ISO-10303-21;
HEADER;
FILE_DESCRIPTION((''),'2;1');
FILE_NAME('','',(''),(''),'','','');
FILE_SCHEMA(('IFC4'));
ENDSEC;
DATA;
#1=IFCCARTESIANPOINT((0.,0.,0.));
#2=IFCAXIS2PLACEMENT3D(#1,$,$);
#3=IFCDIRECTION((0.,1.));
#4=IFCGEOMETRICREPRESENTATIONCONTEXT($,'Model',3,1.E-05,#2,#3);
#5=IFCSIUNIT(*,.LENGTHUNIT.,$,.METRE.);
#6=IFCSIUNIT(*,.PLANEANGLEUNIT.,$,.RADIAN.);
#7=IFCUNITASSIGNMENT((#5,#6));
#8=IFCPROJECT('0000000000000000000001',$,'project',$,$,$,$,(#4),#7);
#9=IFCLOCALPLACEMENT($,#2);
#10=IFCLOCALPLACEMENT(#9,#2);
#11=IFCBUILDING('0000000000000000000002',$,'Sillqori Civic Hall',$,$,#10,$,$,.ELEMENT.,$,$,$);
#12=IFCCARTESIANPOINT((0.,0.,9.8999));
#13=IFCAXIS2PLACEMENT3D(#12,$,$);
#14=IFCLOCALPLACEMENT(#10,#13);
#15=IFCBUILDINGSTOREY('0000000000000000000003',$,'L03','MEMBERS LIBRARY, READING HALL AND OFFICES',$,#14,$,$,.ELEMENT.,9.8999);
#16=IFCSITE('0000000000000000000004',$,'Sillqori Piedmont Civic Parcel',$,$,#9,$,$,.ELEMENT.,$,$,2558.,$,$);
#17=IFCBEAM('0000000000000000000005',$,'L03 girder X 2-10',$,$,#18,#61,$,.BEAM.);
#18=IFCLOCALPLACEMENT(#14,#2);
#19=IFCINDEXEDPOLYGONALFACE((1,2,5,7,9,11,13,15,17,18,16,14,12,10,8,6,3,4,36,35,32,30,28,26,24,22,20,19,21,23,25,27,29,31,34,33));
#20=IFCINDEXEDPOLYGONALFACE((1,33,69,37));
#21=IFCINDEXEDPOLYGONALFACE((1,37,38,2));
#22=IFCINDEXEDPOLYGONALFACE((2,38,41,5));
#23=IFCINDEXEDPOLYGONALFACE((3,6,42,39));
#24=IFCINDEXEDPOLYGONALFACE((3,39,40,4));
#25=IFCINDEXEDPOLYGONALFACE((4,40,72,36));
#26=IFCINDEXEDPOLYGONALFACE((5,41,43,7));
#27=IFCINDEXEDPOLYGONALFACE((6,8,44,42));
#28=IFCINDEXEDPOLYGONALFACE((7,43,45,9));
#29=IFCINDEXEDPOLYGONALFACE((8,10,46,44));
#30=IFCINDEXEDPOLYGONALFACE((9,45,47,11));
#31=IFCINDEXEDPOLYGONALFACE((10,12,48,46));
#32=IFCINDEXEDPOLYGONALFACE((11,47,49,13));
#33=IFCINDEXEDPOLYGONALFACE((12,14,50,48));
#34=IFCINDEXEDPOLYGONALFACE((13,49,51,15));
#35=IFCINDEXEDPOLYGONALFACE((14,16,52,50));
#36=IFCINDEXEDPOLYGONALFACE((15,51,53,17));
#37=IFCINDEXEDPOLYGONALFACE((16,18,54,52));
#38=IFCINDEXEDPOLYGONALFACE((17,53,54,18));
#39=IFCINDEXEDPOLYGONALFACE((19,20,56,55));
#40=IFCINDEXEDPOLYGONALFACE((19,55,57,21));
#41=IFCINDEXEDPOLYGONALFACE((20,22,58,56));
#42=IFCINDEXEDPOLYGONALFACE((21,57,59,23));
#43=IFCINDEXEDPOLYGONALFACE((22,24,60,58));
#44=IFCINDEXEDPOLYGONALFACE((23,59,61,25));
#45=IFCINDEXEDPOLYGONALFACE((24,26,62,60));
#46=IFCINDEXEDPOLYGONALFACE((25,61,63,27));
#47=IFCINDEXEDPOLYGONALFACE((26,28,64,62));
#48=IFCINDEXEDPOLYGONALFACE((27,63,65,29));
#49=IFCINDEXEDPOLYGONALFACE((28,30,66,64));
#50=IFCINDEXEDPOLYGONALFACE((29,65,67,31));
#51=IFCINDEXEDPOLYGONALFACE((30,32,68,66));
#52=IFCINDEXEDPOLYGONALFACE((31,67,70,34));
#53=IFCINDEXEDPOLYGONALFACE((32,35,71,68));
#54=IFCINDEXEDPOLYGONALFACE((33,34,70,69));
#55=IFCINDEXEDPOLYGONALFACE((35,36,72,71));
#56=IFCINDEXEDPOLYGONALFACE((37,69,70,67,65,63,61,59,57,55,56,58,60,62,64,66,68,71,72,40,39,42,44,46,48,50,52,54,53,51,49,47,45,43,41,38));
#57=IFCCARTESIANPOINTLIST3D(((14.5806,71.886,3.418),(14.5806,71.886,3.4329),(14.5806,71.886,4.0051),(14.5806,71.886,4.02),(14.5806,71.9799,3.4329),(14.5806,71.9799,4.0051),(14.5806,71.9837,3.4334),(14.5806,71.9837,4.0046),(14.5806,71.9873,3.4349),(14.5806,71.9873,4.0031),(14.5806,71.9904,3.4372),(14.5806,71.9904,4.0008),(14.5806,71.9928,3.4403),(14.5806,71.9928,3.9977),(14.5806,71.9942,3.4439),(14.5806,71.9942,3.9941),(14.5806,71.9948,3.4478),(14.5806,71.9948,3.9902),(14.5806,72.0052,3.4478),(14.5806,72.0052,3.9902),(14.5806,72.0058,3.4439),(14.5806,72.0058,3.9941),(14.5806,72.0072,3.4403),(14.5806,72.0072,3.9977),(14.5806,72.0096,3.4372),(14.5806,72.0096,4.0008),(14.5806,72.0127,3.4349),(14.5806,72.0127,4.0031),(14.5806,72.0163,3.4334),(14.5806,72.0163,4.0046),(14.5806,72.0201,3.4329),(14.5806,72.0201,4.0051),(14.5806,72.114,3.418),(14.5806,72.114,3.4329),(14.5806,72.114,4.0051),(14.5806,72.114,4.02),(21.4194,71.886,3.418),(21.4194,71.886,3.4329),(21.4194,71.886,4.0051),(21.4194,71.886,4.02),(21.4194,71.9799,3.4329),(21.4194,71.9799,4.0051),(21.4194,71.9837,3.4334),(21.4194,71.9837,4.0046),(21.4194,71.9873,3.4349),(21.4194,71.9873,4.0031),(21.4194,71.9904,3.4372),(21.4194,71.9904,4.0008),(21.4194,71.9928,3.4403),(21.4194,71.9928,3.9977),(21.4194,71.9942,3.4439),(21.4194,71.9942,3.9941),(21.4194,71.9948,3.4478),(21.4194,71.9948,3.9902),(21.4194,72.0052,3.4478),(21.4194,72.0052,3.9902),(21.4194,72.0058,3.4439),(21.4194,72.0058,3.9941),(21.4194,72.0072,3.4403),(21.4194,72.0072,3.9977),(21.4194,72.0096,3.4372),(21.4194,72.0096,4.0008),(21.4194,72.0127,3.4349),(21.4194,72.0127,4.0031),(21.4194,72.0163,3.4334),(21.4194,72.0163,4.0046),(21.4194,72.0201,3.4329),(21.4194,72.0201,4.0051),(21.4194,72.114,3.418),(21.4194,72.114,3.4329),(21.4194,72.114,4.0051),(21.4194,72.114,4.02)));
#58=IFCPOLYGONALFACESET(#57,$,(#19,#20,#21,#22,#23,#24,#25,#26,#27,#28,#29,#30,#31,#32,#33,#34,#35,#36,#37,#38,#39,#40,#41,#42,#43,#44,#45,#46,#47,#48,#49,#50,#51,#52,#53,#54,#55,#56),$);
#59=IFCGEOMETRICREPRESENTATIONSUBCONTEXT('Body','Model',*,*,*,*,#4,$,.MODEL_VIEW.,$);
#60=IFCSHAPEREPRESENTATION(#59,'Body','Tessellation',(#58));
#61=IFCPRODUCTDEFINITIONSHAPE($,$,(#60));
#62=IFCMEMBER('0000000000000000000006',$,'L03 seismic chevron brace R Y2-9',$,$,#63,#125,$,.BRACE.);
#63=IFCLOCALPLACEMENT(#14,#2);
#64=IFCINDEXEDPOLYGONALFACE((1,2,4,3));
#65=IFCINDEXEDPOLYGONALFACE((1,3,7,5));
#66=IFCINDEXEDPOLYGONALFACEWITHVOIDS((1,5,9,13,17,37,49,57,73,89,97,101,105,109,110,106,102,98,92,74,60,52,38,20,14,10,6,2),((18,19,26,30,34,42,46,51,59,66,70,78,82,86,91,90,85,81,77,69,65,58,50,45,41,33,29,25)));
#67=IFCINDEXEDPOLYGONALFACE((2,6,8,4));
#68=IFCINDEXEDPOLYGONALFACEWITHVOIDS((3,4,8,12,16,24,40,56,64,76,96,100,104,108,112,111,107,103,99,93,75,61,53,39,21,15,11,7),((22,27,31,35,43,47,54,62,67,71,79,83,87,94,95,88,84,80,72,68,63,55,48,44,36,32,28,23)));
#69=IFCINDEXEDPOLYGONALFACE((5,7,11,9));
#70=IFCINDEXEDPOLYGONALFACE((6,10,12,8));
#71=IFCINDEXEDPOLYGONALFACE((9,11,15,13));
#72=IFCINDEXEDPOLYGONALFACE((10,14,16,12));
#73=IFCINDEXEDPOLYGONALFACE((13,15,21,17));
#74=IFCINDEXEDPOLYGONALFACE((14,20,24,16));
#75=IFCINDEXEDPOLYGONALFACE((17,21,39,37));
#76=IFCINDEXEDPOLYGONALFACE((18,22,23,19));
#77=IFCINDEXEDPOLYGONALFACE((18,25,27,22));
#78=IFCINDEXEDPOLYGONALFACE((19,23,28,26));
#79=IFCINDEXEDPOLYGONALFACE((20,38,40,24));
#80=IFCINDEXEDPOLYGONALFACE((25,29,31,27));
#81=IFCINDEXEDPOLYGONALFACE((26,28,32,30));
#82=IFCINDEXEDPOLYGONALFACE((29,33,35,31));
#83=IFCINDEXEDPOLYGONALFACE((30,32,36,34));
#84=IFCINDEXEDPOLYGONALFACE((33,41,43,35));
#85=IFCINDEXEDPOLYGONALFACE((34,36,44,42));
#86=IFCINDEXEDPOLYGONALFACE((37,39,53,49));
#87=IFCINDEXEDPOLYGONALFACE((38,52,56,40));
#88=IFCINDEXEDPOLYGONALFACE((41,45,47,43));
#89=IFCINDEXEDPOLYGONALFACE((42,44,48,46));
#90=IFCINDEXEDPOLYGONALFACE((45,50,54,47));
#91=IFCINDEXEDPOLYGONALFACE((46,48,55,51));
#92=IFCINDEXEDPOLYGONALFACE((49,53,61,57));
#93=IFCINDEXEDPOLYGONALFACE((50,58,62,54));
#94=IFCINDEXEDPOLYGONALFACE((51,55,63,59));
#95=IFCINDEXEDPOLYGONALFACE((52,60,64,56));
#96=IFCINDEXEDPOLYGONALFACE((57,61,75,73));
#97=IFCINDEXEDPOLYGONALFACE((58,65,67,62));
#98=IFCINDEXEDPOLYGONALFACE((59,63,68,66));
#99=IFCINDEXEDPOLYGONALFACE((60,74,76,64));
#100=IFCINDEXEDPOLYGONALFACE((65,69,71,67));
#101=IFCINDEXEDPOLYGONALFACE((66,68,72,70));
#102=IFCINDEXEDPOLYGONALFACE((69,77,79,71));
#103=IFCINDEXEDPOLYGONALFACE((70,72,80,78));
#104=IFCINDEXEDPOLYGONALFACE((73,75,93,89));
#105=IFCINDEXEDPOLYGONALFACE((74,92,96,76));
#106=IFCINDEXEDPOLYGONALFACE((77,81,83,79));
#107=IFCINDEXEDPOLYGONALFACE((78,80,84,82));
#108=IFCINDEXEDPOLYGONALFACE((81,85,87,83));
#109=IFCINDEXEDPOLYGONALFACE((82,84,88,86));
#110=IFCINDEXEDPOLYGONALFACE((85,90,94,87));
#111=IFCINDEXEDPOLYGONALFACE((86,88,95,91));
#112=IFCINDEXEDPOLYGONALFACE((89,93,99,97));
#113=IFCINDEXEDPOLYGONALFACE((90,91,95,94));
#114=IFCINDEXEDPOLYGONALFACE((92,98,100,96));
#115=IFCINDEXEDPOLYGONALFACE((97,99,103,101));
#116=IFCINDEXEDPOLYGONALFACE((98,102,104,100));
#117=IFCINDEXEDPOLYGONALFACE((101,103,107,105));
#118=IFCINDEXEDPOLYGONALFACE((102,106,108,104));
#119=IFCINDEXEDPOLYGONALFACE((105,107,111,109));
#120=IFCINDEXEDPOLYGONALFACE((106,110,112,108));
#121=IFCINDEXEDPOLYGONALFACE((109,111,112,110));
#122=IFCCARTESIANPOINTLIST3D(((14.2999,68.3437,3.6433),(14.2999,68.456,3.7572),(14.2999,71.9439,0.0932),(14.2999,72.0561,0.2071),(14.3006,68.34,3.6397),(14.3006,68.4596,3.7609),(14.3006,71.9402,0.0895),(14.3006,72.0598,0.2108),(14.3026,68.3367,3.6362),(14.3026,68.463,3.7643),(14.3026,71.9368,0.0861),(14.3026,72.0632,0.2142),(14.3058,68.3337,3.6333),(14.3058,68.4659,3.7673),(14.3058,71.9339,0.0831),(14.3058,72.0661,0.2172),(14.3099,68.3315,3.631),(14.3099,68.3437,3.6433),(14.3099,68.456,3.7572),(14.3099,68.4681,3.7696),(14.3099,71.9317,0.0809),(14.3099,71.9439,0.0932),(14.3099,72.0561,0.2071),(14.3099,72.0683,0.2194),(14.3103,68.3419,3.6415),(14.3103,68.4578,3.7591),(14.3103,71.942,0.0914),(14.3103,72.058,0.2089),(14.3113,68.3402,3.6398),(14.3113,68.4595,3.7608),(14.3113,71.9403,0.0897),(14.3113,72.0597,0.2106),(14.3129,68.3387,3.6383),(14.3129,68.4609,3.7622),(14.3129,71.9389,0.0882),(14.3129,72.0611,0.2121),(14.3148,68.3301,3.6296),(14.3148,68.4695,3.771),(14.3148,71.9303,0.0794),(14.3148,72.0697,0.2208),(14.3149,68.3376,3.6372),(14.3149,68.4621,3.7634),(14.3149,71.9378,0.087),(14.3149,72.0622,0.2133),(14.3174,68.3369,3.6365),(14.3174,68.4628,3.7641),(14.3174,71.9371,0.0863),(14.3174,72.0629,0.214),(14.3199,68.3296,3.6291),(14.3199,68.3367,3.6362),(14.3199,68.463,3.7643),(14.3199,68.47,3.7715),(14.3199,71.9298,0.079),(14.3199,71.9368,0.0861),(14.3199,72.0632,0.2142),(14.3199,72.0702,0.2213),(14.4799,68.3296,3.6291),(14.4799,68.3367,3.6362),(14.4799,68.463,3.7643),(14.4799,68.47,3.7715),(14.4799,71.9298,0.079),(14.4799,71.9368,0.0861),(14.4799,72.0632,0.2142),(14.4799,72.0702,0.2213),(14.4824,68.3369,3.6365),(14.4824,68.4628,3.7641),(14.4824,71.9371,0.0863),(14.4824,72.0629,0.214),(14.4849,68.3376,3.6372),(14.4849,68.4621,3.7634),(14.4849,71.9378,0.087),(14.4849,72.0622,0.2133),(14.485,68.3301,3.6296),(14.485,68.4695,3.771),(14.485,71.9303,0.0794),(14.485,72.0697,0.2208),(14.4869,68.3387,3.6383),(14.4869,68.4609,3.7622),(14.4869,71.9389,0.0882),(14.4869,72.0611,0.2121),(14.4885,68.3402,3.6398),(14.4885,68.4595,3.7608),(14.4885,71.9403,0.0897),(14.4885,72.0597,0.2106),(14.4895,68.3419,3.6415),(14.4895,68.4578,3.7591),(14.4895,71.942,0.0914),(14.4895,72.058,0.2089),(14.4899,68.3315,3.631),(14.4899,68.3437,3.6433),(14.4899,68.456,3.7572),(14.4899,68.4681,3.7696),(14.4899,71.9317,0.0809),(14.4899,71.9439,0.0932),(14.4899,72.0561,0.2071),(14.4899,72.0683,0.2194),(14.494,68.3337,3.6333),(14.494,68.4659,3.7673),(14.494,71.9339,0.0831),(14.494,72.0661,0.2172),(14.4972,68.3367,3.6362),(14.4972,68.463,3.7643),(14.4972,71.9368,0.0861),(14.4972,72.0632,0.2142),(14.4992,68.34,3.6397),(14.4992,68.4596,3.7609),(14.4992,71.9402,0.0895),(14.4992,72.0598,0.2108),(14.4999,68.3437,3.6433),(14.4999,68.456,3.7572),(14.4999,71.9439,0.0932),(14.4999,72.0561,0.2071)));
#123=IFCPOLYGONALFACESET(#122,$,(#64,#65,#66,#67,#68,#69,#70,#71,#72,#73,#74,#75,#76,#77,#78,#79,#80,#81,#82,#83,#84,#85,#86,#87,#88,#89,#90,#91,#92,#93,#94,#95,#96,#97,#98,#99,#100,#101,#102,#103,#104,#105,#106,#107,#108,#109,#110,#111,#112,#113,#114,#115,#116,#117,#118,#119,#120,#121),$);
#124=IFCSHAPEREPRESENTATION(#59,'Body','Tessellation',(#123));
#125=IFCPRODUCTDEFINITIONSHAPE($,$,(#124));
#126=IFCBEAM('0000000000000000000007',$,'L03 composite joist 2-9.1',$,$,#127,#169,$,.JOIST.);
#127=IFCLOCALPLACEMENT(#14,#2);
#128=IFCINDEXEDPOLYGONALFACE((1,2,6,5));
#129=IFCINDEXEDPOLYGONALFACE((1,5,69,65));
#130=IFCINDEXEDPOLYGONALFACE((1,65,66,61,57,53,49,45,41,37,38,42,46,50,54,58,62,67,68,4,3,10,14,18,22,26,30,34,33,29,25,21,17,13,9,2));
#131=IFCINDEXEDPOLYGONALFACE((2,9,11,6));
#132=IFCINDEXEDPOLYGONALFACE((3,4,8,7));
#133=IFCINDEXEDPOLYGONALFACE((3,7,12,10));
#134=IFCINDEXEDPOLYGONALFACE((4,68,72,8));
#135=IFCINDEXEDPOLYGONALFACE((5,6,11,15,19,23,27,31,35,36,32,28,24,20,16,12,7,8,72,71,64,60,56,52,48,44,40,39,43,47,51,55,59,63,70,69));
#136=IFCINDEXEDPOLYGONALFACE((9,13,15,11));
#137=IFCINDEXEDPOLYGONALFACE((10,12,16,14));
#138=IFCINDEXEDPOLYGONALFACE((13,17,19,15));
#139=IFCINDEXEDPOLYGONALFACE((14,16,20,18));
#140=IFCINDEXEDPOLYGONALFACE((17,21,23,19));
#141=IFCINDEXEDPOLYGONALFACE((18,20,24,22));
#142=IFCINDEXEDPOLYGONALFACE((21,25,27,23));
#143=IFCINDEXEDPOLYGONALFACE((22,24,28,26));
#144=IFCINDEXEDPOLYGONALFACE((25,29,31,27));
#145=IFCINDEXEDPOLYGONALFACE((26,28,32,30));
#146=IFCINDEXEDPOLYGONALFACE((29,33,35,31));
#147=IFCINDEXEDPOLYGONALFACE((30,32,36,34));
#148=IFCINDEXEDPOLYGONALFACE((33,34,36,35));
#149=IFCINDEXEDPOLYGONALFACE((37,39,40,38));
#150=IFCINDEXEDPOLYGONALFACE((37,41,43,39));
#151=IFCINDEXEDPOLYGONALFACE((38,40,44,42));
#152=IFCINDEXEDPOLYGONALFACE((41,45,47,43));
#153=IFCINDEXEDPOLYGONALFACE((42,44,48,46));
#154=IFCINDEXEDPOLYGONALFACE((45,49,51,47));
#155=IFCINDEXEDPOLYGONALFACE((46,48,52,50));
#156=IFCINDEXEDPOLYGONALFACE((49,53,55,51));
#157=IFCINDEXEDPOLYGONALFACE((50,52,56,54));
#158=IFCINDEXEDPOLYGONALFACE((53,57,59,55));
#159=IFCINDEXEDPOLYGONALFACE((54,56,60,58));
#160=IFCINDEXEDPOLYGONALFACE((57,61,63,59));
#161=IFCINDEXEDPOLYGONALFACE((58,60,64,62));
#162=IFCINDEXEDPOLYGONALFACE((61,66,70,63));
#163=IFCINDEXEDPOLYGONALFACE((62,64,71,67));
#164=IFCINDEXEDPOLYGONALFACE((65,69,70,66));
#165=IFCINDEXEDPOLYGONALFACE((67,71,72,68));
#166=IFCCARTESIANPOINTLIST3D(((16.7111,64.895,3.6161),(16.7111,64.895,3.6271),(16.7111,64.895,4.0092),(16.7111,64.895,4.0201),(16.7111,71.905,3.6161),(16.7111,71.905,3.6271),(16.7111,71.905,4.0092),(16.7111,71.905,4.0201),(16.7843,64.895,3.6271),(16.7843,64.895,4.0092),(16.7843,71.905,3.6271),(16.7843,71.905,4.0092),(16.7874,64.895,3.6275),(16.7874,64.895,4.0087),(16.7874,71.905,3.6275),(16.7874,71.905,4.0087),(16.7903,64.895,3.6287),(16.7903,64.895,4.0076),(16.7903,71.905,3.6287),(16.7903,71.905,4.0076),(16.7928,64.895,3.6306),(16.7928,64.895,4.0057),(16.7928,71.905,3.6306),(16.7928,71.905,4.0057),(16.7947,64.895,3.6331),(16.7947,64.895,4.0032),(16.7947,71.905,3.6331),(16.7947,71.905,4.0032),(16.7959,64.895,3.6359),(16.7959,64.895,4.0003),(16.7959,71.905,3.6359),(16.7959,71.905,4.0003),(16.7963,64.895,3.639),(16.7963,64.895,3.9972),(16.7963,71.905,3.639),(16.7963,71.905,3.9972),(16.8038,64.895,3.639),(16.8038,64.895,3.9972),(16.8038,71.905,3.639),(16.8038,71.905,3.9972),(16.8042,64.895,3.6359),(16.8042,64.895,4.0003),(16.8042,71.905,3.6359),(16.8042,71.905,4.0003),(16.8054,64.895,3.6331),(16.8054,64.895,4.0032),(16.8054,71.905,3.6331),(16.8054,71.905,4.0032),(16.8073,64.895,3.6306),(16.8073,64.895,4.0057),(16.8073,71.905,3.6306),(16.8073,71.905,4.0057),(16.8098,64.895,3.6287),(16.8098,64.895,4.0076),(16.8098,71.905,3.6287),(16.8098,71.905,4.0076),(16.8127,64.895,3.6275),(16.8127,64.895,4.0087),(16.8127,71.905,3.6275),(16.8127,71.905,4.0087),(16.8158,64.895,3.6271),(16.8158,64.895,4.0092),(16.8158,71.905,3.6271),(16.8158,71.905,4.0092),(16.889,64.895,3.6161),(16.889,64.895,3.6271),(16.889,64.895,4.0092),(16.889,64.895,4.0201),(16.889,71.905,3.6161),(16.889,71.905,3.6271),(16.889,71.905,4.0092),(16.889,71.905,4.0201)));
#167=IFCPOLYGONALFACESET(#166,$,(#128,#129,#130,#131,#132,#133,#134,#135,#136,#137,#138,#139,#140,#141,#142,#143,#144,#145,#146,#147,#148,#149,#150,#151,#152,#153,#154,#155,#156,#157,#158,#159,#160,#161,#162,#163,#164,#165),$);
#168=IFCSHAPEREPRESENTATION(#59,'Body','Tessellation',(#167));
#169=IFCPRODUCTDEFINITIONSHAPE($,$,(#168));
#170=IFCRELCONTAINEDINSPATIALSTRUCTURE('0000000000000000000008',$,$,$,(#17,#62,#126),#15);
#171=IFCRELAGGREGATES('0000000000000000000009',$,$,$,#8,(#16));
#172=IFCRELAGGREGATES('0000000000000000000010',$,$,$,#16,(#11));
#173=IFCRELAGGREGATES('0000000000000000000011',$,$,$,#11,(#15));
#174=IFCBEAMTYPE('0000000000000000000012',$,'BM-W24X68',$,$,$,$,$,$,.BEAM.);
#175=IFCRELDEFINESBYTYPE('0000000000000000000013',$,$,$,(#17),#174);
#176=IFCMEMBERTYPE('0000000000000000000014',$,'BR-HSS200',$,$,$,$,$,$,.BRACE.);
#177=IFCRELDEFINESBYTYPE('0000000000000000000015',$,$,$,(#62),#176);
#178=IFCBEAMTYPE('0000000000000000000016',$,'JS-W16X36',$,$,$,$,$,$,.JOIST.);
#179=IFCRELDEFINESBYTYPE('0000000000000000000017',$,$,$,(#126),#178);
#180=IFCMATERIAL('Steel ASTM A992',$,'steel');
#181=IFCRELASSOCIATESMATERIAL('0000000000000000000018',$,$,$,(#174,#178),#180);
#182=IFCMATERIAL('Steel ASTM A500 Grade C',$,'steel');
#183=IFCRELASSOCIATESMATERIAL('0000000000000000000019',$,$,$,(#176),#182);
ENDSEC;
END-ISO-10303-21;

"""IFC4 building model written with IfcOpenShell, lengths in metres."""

from ifc_helpers import new_model, si_unit, direction, frame, origin, origin_2d, place, context, subcontext, project, spatial, hollow_rectangle, i_section, extrude, material, material_profile, profile_set, type_object, element, save


model = new_model("IFC4")

# Units and contexts
model_context = context("Model", 3, precision=1e-05, world=origin(), true_north=direction((0.0, 1.0)))
body_context = subcontext(model_context, "Body", "Model", "MODEL_VIEW")
ifc_project = project(units=[si_unit("LENGTHUNIT", "METRE"), si_unit("PLANEANGLEUNIT", "RADIAN")], contexts=[model_context])

# Site, building, storey
site_placement = place(None, origin())
site = spatial("IfcSite", under=ifc_project, at=site_placement, Name="Sillqori Piedmont Civic Parcel", CompositionType="ELEMENT", RefElevation=2558.0)
building_placement = place(site_placement, origin())
building = spatial("IfcBuilding", under=site, at=building_placement, Name="Sillqori Civic Hall", CompositionType="ELEMENT")
storey_placement = place(building_placement, frame((0.0, 0.0, 9.8999)))
storey = spatial("IfcBuildingStorey", under=building, at=storey_placement, Name="L03", Description="MEMBERS LIBRARY, READING HALL AND OFFICES", CompositionType="ELEMENT", Elevation=9.8999)

# Shared definitions
ifc_material_1 = material(Name="Steel ASTM A992", Category="steel")

# Beam
ifc_material_profile_1 = material_profile(ifc_material_1, i_section(OverallWidth=0.228, OverallDepth=0.6021, WebThickness=0.0105, FlangeThickness=0.0149, FilletRadius=0.0149, at=origin_2d()), Name="W24X68")
ifc_profile_set_1 = profile_set([ifc_material_profile_1], Name="Steel ASTM A992")
beam_type_1 = type_object("IfcBeamType", Name="BM-W24X68", PredefinedType="BEAM", material=ifc_profile_set_1)
for number, where, z_axis, x_axis, name in (
    (1, (14.5806, 72.0, 3.719), (1.0, 0.0, 0.0), (0.0, 1.0, 0.0), "L03 girder X 2-10"),
):
    element("IfcBeam", number, at=place(storey_placement, frame(where, z_axis=z_axis, x_axis=x_axis)), inside=storey, type_object=beam_type_1, Name=name, PredefinedType="BEAM", context=body_context, shape_type="SweptSolid", body=[
        extrude(i_section(OverallWidth=0.228, OverallDepth=0.6021, WebThickness=0.0105, FlangeThickness=0.0149, FilletRadius=0.0149, at=origin_2d()), origin(), (0.0, 0.0, 1.0), 6.8389),
    ])

# Member
ifc_material_2 = material(Name="Steel ASTM A500 Grade C", Category="steel")
ifc_material_profile_2 = material_profile(ifc_material_2, hollow_rectangle(XDim=0.2, YDim=0.2, WallThickness=0.01, InnerFilletRadius=0.01, OuterFilletRadius=0.02, at=origin_2d()), Name="HSS200X200X10")
ifc_profile_set_2 = profile_set([ifc_material_profile_2], Name="Steel ASTM A500 Grade C")
member_type = type_object("IfcMemberType", Name="BR-HSS200", PredefinedType="BRACE", material=ifc_profile_set_2)
member_placement = place(storey_placement, frame((14.3999, 72.0, 0.1501), z_axis=(0.0, -0.712039, 0.70214), x_axis=(1.0, 0.0, 0.0)))
element("IfcMember", 2, at=member_placement, inside=storey, type_object=member_type, Name="L03 seismic chevron brace R Y2-9", PredefinedType="BRACE", context=body_context, shape_type="SweptSolid", body=[
    extrude(hollow_rectangle(XDim=0.2, YDim=0.2, WallThickness=0.01, InnerFilletRadius=0.01, OuterFilletRadius=0.02, at=origin_2d()), origin(), (0.0, 0.0, 1.0), 5.0562),
])

# Beam
ifc_material_profile_3 = material_profile(ifc_material_1, i_section(OverallWidth=0.178, OverallDepth=0.4041, WebThickness=0.0076, FlangeThickness=0.011, FilletRadius=0.012, at=origin_2d()), Name="W16X36")
ifc_profile_set_3 = profile_set([ifc_material_profile_3], Name="Steel ASTM A992")
beam_type_2 = type_object("IfcBeamType", Name="JS-W16X36", PredefinedType="JOIST", material=ifc_profile_set_3)
for number, where, z_axis, x_axis, name in (
    (3, (16.8, 64.895, 3.8181), (0.0, 1.0, 0.0), (-1.0, 0.0, 0.0), "L03 composite joist 2-9.1"),
):
    element("IfcBeam", number, at=place(storey_placement, frame(where, z_axis=z_axis, x_axis=x_axis)), inside=storey, type_object=beam_type_2, Name=name, PredefinedType="JOIST", context=body_context, shape_type="SweptSolid", body=[
        extrude(i_section(OverallWidth=0.178, OverallDepth=0.4041, WebThickness=0.0076, FlangeThickness=0.011, FilletRadius=0.012, at=origin_2d()), origin(), (0.0, 0.0, 1.0), 7.01),
    ])

save(model, "model.ifc")
